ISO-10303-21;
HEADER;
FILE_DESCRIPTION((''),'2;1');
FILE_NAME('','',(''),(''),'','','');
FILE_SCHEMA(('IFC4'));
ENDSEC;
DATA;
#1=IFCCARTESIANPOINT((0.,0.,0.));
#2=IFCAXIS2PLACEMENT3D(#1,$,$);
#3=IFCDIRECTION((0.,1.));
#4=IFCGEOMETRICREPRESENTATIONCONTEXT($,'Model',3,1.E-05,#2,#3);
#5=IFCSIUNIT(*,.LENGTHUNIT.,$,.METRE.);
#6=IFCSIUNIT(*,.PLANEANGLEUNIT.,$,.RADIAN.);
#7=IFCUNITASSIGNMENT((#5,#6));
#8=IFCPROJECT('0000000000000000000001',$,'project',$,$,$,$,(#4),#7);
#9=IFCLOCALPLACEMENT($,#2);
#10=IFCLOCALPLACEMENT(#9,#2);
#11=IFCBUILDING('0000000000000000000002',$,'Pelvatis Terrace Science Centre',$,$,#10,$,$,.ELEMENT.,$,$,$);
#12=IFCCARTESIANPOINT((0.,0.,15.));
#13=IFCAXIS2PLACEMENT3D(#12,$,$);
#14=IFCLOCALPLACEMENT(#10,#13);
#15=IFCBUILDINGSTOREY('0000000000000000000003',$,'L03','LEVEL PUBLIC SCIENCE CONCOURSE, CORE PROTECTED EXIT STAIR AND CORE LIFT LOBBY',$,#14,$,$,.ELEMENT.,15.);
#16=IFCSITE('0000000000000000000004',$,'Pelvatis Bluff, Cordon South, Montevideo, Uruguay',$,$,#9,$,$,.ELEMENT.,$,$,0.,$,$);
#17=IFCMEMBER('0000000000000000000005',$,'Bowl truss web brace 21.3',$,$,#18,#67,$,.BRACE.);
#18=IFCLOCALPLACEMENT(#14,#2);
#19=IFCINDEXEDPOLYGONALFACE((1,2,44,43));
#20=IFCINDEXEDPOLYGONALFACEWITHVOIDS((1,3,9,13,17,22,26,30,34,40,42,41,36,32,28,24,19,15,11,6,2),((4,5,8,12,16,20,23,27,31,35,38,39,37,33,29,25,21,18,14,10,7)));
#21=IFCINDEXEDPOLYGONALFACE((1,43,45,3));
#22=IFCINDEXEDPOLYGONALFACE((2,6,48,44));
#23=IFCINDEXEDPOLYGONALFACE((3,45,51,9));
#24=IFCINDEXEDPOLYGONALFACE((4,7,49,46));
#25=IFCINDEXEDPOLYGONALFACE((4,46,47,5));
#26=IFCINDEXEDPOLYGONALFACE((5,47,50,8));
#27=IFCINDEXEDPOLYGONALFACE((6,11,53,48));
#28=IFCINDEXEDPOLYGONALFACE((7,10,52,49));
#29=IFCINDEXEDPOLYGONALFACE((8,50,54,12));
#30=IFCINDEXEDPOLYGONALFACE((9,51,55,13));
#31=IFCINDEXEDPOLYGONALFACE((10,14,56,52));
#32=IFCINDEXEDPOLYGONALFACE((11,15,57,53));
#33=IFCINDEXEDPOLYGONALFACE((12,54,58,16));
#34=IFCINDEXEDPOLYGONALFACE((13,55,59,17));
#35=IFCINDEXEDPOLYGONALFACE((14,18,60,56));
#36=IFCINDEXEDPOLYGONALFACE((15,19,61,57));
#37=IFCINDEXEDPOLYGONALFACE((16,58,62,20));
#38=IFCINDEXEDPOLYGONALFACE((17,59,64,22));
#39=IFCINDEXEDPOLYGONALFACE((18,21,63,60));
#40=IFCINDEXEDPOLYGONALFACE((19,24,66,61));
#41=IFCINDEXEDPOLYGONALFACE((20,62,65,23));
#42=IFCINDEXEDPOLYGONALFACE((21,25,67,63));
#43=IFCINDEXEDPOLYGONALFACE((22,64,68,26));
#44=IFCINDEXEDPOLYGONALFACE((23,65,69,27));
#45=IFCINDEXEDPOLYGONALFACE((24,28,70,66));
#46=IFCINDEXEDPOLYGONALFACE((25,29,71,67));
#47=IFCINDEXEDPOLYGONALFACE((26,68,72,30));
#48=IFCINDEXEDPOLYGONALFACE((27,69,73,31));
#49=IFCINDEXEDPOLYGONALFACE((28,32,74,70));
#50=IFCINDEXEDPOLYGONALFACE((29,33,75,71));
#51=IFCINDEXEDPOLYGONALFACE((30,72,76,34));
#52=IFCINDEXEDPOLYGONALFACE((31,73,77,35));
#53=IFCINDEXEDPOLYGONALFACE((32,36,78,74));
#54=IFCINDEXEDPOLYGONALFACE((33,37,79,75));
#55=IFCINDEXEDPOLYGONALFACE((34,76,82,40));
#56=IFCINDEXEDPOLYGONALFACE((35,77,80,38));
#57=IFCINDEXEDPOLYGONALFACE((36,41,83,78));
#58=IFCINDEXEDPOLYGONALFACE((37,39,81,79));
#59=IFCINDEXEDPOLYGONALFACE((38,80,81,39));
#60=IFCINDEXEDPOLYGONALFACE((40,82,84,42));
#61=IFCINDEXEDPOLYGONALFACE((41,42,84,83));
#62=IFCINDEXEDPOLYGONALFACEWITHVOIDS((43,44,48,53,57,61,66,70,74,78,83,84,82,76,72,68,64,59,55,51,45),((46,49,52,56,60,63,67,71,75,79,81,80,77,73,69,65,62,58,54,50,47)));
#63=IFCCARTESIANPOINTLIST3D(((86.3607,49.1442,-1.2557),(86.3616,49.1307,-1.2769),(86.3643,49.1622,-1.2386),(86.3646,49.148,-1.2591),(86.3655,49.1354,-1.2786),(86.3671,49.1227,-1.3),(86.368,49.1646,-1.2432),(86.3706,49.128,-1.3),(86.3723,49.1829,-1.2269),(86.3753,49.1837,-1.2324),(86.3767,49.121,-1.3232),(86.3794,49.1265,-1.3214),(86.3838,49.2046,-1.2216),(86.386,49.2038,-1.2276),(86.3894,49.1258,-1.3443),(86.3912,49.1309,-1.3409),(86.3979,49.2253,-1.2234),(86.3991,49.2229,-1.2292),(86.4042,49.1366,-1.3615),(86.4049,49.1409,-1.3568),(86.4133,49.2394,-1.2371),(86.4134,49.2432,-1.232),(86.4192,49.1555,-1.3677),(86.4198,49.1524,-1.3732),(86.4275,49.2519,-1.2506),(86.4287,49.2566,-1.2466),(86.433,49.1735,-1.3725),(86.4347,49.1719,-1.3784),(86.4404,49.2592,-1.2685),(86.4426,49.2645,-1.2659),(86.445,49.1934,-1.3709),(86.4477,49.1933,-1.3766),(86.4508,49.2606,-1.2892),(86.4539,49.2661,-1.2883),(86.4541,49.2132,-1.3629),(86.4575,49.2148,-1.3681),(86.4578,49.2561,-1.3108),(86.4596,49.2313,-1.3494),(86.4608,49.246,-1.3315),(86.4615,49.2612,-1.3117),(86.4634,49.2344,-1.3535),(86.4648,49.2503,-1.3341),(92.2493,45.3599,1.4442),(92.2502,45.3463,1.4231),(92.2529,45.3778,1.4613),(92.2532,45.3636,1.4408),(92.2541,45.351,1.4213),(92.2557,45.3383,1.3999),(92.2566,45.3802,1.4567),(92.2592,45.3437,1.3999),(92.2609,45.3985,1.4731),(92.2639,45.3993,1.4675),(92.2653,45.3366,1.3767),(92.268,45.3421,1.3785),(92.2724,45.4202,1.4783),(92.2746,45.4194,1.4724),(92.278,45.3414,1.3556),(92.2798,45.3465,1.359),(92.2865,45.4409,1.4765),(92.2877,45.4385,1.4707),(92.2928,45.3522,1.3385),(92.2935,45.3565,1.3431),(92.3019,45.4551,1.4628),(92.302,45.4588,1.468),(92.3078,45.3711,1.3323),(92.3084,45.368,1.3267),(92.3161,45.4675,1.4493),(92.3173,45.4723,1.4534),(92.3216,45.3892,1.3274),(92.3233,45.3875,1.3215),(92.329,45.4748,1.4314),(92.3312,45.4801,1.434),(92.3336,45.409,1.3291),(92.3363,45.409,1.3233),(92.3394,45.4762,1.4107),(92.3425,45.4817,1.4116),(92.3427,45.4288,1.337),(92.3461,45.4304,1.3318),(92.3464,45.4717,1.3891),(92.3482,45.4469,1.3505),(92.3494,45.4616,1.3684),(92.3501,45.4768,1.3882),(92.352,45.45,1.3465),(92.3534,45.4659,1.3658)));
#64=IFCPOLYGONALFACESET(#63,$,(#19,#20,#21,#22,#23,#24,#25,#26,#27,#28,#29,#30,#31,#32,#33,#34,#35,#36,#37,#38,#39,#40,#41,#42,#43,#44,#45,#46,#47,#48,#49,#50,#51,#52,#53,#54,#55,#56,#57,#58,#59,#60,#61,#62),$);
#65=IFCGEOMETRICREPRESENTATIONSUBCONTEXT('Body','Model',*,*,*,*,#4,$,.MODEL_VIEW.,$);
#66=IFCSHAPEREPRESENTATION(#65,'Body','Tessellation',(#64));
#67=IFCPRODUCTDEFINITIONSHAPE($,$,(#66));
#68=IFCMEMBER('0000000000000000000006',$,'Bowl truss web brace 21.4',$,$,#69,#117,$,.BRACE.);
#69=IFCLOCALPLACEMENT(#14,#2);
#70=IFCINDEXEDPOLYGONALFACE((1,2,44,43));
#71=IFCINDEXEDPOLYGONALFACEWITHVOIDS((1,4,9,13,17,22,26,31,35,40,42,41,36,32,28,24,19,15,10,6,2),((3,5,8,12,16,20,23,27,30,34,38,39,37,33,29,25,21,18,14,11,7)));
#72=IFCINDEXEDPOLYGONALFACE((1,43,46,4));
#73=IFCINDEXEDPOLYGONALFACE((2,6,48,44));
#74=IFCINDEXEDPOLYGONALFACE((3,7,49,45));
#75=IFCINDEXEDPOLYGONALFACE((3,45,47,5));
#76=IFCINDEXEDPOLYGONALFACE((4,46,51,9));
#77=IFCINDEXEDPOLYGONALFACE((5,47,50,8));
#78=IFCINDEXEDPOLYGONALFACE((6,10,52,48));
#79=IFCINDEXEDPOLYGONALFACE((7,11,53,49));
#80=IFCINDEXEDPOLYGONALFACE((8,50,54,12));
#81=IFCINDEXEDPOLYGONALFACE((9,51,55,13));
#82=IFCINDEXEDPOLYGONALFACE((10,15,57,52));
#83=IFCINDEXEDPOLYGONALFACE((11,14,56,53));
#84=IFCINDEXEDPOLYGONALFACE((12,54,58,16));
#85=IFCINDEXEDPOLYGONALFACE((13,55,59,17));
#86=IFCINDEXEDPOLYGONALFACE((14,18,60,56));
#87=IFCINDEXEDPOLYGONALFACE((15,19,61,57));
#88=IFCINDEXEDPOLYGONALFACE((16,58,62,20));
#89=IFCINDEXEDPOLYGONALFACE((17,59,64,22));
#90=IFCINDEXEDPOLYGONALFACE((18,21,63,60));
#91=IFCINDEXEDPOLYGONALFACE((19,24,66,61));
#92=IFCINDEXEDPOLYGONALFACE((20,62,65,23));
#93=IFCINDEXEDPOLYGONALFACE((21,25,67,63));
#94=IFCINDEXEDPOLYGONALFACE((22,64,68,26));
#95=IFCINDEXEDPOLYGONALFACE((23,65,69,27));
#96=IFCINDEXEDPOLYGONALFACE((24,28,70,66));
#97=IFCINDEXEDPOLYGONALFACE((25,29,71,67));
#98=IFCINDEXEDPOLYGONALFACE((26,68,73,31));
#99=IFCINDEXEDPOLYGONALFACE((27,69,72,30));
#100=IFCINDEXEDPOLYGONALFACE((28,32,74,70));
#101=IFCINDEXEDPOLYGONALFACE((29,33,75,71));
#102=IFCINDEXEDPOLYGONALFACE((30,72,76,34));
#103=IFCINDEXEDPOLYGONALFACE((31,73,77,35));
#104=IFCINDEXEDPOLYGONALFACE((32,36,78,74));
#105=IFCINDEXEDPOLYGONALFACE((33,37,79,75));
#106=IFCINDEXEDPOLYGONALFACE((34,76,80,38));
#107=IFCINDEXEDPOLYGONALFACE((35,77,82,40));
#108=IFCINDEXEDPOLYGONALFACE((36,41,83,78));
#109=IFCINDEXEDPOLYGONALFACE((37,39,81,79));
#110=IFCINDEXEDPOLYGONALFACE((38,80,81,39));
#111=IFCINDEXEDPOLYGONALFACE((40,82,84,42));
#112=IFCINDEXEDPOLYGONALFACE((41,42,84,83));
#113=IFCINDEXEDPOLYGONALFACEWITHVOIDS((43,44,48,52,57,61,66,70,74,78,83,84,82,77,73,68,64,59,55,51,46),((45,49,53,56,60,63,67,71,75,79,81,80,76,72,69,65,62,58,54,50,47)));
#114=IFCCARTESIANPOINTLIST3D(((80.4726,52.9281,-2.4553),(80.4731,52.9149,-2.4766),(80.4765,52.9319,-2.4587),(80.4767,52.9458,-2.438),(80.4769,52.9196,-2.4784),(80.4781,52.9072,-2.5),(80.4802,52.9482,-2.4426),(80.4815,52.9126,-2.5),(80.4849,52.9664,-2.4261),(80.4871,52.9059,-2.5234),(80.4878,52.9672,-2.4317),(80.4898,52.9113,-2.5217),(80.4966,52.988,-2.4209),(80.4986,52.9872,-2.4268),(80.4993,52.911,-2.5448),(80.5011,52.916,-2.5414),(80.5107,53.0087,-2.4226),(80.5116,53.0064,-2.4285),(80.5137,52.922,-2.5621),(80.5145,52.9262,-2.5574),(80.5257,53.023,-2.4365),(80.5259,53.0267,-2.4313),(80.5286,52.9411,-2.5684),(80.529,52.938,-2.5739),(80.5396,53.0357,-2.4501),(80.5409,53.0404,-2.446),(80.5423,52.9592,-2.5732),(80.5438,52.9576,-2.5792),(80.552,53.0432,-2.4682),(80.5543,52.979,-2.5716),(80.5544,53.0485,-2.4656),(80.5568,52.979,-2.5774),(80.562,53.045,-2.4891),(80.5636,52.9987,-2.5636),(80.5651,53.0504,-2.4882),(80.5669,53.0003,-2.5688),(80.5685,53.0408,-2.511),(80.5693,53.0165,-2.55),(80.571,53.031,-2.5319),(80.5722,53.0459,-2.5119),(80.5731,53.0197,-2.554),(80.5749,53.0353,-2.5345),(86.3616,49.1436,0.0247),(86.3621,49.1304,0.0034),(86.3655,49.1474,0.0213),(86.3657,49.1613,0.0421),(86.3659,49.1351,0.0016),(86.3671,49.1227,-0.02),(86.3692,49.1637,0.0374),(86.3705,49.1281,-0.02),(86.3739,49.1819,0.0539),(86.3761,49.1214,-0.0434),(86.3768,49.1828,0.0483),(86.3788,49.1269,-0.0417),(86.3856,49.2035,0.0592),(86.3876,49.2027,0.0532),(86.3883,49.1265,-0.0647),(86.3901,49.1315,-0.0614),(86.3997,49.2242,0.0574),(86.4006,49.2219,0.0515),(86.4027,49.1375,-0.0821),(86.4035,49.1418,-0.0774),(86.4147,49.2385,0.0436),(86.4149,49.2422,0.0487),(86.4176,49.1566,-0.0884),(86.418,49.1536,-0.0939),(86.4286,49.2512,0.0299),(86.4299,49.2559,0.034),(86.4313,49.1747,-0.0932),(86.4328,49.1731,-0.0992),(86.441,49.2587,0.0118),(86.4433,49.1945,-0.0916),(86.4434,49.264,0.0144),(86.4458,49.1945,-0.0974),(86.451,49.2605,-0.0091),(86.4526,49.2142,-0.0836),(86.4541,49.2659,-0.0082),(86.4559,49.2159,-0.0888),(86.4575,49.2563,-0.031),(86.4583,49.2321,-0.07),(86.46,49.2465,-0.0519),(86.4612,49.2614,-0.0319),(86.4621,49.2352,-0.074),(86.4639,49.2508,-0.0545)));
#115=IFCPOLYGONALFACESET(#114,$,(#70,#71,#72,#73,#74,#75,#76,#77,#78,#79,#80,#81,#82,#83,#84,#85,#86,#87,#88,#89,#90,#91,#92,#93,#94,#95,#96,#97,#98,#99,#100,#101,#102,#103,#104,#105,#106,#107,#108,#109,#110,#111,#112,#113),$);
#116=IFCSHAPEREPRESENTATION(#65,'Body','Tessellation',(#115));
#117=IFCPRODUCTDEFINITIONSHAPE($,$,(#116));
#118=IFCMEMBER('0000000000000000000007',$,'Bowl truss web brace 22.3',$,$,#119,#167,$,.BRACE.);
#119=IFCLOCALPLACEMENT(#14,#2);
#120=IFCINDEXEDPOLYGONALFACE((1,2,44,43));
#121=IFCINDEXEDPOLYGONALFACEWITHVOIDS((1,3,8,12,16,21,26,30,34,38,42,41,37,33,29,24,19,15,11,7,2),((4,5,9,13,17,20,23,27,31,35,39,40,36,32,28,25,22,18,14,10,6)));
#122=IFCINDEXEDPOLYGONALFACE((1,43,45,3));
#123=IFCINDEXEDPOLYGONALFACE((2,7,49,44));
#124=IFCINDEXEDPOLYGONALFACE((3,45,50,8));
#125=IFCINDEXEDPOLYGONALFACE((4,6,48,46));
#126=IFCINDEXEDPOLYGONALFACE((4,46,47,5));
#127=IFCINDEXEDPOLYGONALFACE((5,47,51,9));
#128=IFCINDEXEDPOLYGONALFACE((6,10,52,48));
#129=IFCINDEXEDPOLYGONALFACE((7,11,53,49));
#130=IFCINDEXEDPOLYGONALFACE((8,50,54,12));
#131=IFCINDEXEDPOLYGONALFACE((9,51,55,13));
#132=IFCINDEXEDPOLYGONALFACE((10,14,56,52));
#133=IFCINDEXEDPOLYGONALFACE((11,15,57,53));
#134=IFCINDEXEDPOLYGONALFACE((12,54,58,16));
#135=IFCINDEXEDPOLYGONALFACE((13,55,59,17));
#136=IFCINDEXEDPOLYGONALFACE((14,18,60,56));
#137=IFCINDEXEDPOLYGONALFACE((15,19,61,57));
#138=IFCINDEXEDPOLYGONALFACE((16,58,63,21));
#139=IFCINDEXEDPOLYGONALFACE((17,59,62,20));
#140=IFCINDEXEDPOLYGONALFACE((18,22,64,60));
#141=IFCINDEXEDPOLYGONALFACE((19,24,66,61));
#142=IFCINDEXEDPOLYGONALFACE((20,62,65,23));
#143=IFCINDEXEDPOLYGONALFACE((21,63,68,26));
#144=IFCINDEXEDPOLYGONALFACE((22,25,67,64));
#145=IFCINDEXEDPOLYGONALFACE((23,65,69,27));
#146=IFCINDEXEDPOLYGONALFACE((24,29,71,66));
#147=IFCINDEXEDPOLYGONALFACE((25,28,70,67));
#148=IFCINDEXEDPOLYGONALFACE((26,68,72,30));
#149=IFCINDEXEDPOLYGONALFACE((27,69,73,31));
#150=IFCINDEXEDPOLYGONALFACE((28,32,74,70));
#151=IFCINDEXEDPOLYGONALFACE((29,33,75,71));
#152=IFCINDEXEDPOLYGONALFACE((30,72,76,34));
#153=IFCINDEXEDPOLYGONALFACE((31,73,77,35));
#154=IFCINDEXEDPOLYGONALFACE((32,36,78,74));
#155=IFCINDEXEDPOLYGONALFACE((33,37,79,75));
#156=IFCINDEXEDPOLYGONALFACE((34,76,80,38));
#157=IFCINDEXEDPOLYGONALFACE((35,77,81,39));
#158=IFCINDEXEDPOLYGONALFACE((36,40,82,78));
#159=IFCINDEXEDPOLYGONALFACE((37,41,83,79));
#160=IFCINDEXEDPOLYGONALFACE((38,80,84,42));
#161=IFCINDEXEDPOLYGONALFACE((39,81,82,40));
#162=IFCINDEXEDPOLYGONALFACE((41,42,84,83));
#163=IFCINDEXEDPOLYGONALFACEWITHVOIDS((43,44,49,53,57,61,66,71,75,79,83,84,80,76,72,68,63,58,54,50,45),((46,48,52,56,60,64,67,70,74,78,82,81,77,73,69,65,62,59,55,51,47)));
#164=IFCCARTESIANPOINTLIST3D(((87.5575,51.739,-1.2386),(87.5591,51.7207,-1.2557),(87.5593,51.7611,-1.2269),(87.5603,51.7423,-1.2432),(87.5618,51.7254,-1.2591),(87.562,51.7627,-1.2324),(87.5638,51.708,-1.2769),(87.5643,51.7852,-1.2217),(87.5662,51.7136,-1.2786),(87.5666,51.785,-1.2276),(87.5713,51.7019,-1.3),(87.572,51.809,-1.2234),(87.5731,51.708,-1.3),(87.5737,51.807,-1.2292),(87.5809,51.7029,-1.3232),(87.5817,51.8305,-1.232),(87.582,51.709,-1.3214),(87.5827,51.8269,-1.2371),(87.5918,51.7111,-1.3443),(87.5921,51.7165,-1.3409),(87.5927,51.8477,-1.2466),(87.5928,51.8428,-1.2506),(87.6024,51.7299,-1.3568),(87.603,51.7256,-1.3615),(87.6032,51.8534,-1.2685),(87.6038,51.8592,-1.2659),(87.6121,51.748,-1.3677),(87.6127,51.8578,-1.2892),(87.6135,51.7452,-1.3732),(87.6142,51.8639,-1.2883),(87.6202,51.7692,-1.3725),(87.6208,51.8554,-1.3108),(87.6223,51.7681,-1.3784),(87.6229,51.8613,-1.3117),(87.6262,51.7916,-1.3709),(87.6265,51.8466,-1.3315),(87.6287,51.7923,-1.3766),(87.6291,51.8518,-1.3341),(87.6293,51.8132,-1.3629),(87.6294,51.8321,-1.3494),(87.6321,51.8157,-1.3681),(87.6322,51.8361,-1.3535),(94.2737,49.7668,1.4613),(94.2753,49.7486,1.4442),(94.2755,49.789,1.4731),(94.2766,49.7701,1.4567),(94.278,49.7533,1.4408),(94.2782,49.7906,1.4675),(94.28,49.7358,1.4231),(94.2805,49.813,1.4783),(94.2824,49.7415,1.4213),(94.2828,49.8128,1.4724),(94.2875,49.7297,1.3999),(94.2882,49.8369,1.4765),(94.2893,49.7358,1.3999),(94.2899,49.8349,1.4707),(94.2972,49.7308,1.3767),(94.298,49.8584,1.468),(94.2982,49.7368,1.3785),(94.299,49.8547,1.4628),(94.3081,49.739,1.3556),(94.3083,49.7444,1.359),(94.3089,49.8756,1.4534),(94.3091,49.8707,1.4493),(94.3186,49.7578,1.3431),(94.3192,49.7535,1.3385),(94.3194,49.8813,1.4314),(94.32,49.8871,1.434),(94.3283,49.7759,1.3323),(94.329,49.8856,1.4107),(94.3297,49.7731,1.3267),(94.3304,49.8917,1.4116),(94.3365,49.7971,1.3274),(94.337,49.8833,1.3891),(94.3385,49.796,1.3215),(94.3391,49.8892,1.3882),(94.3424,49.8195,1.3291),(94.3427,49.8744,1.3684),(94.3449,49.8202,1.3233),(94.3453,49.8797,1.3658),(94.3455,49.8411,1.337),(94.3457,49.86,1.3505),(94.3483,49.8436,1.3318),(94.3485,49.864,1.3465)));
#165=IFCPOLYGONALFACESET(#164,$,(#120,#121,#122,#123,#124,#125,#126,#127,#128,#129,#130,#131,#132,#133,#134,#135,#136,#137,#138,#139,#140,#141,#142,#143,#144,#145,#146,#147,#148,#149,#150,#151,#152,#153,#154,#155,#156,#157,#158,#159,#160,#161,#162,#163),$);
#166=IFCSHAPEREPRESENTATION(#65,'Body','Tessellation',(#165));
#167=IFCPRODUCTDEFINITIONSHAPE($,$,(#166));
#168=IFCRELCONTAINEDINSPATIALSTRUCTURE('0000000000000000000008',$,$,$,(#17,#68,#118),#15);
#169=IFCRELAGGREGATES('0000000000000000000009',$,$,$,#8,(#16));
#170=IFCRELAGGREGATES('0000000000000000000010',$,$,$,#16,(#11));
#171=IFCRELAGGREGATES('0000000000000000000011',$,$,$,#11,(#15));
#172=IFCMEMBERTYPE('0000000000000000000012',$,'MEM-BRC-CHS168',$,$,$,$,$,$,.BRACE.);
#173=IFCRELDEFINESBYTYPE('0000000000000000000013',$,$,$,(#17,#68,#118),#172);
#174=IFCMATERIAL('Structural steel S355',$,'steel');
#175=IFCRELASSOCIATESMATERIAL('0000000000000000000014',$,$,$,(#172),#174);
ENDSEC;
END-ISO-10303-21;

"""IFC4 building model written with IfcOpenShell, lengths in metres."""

from ifc_helpers import new_model, si_unit, direction, frame, origin, origin_2d, place, context, subcontext, project, spatial, hollow_circle, extrude, material, material_profile, profile_set, type_object, element, save


model = new_model("IFC4")

# Units and contexts
model_context = context("Model", 3, precision=1e-05, world=origin(), true_north=direction((0.0, 1.0)))
body_context = subcontext(model_context, "Body", "Model", "MODEL_VIEW")
ifc_project = project(units=[si_unit("LENGTHUNIT", "METRE"), si_unit("PLANEANGLEUNIT", "RADIAN")], contexts=[model_context])

# Site, building, storey
site_placement = place(None, origin())
site = spatial("IfcSite", under=ifc_project, at=site_placement, Name="Pelvatis Bluff, Cordon South, Montevideo, Uruguay", CompositionType="ELEMENT", RefElevation=0.0)
building_placement = place(site_placement, origin())
building = spatial("IfcBuilding", under=site, at=building_placement, Name="Pelvatis Terrace Science Centre", CompositionType="ELEMENT")
storey_placement = place(building_placement, frame((0.0, 0.0, 15.0)))
storey = spatial("IfcBuildingStorey", under=building, at=storey_placement, Name="L03", Description="LEVEL PUBLIC SCIENCE CONCOURSE, CORE PROTECTED EXIT STAIR AND CORE LIFT LOBBY", CompositionType="ELEMENT", Elevation=15.0)

# Members
ifc_material_1 = material(Name="Structural steel S355", Category="steel")
ifc_material_profile_1 = material_profile(ifc_material_1, hollow_circle(Radius=0.0842, WallThickness=0.0063, at=origin_2d()), Name="CHS 168.3x6.3")
ifc_profile_set_1 = profile_set([ifc_material_profile_1], Name="Structural steel S355")
member_type_1 = type_object("IfcMemberType", Name="MEM-BRC-CHS168", PredefinedType="BRACE", material=ifc_profile_set_1)
member_1_placement = place(storey_placement, frame((92.3013, 45.4092, 1.3999), z_axis=(-0.784891, 0.504419, -0.359872), x_axis=(-0.540641, -0.841253, 0.0)))
element("IfcMember", 1, at=member_1_placement, inside=storey, type_object=member_type_1, Name="Bowl truss web brace 21.3", PredefinedType="BRACE", context=body_context, shape_type="SweptSolid", body=[
    extrude(hollow_circle(Radius=0.0842, WallThickness=0.0063, at=origin_2d()), origin(), (0.0, 0.0, 1.0), 7.5024),
])
member_2_placement = place(storey_placement, frame((86.4126, 49.1936, -0.02), z_axis=(-0.79297, 0.50959, -0.333941), x_axis=(-0.540625, -0.841263, 0.0)))
element("IfcMember", 2, at=member_2_placement, inside=storey, type_object=member_type_1, Name="Bowl truss web brace 21.4", PredefinedType="BRACE", context=body_context, shape_type="SweptSolid", body=[
    extrude(hollow_circle(Radius=0.0842, WallThickness=0.0063, at=origin_2d()), origin(), (0.0, 0.0, 1.0), 7.4265),
])
member_3_placement = place(storey_placement, frame((94.3113, 49.8105, 1.3999), z_axis=(-0.895206, 0.262867, -0.359872), x_axis=(-0.281743, -0.95949, 0.0)))
element("IfcMember", 3, at=member_3_placement, inside=storey, type_object=member_type_1, Name="Bowl truss web brace 22.3", PredefinedType="BRACE", context=body_context, shape_type="SweptSolid", body=[
    extrude(hollow_circle(Radius=0.0842, WallThickness=0.0063, at=origin_2d()), origin(), (0.0, 0.0, 1.0), 7.5024),
])

save(model, "model.ifc")
